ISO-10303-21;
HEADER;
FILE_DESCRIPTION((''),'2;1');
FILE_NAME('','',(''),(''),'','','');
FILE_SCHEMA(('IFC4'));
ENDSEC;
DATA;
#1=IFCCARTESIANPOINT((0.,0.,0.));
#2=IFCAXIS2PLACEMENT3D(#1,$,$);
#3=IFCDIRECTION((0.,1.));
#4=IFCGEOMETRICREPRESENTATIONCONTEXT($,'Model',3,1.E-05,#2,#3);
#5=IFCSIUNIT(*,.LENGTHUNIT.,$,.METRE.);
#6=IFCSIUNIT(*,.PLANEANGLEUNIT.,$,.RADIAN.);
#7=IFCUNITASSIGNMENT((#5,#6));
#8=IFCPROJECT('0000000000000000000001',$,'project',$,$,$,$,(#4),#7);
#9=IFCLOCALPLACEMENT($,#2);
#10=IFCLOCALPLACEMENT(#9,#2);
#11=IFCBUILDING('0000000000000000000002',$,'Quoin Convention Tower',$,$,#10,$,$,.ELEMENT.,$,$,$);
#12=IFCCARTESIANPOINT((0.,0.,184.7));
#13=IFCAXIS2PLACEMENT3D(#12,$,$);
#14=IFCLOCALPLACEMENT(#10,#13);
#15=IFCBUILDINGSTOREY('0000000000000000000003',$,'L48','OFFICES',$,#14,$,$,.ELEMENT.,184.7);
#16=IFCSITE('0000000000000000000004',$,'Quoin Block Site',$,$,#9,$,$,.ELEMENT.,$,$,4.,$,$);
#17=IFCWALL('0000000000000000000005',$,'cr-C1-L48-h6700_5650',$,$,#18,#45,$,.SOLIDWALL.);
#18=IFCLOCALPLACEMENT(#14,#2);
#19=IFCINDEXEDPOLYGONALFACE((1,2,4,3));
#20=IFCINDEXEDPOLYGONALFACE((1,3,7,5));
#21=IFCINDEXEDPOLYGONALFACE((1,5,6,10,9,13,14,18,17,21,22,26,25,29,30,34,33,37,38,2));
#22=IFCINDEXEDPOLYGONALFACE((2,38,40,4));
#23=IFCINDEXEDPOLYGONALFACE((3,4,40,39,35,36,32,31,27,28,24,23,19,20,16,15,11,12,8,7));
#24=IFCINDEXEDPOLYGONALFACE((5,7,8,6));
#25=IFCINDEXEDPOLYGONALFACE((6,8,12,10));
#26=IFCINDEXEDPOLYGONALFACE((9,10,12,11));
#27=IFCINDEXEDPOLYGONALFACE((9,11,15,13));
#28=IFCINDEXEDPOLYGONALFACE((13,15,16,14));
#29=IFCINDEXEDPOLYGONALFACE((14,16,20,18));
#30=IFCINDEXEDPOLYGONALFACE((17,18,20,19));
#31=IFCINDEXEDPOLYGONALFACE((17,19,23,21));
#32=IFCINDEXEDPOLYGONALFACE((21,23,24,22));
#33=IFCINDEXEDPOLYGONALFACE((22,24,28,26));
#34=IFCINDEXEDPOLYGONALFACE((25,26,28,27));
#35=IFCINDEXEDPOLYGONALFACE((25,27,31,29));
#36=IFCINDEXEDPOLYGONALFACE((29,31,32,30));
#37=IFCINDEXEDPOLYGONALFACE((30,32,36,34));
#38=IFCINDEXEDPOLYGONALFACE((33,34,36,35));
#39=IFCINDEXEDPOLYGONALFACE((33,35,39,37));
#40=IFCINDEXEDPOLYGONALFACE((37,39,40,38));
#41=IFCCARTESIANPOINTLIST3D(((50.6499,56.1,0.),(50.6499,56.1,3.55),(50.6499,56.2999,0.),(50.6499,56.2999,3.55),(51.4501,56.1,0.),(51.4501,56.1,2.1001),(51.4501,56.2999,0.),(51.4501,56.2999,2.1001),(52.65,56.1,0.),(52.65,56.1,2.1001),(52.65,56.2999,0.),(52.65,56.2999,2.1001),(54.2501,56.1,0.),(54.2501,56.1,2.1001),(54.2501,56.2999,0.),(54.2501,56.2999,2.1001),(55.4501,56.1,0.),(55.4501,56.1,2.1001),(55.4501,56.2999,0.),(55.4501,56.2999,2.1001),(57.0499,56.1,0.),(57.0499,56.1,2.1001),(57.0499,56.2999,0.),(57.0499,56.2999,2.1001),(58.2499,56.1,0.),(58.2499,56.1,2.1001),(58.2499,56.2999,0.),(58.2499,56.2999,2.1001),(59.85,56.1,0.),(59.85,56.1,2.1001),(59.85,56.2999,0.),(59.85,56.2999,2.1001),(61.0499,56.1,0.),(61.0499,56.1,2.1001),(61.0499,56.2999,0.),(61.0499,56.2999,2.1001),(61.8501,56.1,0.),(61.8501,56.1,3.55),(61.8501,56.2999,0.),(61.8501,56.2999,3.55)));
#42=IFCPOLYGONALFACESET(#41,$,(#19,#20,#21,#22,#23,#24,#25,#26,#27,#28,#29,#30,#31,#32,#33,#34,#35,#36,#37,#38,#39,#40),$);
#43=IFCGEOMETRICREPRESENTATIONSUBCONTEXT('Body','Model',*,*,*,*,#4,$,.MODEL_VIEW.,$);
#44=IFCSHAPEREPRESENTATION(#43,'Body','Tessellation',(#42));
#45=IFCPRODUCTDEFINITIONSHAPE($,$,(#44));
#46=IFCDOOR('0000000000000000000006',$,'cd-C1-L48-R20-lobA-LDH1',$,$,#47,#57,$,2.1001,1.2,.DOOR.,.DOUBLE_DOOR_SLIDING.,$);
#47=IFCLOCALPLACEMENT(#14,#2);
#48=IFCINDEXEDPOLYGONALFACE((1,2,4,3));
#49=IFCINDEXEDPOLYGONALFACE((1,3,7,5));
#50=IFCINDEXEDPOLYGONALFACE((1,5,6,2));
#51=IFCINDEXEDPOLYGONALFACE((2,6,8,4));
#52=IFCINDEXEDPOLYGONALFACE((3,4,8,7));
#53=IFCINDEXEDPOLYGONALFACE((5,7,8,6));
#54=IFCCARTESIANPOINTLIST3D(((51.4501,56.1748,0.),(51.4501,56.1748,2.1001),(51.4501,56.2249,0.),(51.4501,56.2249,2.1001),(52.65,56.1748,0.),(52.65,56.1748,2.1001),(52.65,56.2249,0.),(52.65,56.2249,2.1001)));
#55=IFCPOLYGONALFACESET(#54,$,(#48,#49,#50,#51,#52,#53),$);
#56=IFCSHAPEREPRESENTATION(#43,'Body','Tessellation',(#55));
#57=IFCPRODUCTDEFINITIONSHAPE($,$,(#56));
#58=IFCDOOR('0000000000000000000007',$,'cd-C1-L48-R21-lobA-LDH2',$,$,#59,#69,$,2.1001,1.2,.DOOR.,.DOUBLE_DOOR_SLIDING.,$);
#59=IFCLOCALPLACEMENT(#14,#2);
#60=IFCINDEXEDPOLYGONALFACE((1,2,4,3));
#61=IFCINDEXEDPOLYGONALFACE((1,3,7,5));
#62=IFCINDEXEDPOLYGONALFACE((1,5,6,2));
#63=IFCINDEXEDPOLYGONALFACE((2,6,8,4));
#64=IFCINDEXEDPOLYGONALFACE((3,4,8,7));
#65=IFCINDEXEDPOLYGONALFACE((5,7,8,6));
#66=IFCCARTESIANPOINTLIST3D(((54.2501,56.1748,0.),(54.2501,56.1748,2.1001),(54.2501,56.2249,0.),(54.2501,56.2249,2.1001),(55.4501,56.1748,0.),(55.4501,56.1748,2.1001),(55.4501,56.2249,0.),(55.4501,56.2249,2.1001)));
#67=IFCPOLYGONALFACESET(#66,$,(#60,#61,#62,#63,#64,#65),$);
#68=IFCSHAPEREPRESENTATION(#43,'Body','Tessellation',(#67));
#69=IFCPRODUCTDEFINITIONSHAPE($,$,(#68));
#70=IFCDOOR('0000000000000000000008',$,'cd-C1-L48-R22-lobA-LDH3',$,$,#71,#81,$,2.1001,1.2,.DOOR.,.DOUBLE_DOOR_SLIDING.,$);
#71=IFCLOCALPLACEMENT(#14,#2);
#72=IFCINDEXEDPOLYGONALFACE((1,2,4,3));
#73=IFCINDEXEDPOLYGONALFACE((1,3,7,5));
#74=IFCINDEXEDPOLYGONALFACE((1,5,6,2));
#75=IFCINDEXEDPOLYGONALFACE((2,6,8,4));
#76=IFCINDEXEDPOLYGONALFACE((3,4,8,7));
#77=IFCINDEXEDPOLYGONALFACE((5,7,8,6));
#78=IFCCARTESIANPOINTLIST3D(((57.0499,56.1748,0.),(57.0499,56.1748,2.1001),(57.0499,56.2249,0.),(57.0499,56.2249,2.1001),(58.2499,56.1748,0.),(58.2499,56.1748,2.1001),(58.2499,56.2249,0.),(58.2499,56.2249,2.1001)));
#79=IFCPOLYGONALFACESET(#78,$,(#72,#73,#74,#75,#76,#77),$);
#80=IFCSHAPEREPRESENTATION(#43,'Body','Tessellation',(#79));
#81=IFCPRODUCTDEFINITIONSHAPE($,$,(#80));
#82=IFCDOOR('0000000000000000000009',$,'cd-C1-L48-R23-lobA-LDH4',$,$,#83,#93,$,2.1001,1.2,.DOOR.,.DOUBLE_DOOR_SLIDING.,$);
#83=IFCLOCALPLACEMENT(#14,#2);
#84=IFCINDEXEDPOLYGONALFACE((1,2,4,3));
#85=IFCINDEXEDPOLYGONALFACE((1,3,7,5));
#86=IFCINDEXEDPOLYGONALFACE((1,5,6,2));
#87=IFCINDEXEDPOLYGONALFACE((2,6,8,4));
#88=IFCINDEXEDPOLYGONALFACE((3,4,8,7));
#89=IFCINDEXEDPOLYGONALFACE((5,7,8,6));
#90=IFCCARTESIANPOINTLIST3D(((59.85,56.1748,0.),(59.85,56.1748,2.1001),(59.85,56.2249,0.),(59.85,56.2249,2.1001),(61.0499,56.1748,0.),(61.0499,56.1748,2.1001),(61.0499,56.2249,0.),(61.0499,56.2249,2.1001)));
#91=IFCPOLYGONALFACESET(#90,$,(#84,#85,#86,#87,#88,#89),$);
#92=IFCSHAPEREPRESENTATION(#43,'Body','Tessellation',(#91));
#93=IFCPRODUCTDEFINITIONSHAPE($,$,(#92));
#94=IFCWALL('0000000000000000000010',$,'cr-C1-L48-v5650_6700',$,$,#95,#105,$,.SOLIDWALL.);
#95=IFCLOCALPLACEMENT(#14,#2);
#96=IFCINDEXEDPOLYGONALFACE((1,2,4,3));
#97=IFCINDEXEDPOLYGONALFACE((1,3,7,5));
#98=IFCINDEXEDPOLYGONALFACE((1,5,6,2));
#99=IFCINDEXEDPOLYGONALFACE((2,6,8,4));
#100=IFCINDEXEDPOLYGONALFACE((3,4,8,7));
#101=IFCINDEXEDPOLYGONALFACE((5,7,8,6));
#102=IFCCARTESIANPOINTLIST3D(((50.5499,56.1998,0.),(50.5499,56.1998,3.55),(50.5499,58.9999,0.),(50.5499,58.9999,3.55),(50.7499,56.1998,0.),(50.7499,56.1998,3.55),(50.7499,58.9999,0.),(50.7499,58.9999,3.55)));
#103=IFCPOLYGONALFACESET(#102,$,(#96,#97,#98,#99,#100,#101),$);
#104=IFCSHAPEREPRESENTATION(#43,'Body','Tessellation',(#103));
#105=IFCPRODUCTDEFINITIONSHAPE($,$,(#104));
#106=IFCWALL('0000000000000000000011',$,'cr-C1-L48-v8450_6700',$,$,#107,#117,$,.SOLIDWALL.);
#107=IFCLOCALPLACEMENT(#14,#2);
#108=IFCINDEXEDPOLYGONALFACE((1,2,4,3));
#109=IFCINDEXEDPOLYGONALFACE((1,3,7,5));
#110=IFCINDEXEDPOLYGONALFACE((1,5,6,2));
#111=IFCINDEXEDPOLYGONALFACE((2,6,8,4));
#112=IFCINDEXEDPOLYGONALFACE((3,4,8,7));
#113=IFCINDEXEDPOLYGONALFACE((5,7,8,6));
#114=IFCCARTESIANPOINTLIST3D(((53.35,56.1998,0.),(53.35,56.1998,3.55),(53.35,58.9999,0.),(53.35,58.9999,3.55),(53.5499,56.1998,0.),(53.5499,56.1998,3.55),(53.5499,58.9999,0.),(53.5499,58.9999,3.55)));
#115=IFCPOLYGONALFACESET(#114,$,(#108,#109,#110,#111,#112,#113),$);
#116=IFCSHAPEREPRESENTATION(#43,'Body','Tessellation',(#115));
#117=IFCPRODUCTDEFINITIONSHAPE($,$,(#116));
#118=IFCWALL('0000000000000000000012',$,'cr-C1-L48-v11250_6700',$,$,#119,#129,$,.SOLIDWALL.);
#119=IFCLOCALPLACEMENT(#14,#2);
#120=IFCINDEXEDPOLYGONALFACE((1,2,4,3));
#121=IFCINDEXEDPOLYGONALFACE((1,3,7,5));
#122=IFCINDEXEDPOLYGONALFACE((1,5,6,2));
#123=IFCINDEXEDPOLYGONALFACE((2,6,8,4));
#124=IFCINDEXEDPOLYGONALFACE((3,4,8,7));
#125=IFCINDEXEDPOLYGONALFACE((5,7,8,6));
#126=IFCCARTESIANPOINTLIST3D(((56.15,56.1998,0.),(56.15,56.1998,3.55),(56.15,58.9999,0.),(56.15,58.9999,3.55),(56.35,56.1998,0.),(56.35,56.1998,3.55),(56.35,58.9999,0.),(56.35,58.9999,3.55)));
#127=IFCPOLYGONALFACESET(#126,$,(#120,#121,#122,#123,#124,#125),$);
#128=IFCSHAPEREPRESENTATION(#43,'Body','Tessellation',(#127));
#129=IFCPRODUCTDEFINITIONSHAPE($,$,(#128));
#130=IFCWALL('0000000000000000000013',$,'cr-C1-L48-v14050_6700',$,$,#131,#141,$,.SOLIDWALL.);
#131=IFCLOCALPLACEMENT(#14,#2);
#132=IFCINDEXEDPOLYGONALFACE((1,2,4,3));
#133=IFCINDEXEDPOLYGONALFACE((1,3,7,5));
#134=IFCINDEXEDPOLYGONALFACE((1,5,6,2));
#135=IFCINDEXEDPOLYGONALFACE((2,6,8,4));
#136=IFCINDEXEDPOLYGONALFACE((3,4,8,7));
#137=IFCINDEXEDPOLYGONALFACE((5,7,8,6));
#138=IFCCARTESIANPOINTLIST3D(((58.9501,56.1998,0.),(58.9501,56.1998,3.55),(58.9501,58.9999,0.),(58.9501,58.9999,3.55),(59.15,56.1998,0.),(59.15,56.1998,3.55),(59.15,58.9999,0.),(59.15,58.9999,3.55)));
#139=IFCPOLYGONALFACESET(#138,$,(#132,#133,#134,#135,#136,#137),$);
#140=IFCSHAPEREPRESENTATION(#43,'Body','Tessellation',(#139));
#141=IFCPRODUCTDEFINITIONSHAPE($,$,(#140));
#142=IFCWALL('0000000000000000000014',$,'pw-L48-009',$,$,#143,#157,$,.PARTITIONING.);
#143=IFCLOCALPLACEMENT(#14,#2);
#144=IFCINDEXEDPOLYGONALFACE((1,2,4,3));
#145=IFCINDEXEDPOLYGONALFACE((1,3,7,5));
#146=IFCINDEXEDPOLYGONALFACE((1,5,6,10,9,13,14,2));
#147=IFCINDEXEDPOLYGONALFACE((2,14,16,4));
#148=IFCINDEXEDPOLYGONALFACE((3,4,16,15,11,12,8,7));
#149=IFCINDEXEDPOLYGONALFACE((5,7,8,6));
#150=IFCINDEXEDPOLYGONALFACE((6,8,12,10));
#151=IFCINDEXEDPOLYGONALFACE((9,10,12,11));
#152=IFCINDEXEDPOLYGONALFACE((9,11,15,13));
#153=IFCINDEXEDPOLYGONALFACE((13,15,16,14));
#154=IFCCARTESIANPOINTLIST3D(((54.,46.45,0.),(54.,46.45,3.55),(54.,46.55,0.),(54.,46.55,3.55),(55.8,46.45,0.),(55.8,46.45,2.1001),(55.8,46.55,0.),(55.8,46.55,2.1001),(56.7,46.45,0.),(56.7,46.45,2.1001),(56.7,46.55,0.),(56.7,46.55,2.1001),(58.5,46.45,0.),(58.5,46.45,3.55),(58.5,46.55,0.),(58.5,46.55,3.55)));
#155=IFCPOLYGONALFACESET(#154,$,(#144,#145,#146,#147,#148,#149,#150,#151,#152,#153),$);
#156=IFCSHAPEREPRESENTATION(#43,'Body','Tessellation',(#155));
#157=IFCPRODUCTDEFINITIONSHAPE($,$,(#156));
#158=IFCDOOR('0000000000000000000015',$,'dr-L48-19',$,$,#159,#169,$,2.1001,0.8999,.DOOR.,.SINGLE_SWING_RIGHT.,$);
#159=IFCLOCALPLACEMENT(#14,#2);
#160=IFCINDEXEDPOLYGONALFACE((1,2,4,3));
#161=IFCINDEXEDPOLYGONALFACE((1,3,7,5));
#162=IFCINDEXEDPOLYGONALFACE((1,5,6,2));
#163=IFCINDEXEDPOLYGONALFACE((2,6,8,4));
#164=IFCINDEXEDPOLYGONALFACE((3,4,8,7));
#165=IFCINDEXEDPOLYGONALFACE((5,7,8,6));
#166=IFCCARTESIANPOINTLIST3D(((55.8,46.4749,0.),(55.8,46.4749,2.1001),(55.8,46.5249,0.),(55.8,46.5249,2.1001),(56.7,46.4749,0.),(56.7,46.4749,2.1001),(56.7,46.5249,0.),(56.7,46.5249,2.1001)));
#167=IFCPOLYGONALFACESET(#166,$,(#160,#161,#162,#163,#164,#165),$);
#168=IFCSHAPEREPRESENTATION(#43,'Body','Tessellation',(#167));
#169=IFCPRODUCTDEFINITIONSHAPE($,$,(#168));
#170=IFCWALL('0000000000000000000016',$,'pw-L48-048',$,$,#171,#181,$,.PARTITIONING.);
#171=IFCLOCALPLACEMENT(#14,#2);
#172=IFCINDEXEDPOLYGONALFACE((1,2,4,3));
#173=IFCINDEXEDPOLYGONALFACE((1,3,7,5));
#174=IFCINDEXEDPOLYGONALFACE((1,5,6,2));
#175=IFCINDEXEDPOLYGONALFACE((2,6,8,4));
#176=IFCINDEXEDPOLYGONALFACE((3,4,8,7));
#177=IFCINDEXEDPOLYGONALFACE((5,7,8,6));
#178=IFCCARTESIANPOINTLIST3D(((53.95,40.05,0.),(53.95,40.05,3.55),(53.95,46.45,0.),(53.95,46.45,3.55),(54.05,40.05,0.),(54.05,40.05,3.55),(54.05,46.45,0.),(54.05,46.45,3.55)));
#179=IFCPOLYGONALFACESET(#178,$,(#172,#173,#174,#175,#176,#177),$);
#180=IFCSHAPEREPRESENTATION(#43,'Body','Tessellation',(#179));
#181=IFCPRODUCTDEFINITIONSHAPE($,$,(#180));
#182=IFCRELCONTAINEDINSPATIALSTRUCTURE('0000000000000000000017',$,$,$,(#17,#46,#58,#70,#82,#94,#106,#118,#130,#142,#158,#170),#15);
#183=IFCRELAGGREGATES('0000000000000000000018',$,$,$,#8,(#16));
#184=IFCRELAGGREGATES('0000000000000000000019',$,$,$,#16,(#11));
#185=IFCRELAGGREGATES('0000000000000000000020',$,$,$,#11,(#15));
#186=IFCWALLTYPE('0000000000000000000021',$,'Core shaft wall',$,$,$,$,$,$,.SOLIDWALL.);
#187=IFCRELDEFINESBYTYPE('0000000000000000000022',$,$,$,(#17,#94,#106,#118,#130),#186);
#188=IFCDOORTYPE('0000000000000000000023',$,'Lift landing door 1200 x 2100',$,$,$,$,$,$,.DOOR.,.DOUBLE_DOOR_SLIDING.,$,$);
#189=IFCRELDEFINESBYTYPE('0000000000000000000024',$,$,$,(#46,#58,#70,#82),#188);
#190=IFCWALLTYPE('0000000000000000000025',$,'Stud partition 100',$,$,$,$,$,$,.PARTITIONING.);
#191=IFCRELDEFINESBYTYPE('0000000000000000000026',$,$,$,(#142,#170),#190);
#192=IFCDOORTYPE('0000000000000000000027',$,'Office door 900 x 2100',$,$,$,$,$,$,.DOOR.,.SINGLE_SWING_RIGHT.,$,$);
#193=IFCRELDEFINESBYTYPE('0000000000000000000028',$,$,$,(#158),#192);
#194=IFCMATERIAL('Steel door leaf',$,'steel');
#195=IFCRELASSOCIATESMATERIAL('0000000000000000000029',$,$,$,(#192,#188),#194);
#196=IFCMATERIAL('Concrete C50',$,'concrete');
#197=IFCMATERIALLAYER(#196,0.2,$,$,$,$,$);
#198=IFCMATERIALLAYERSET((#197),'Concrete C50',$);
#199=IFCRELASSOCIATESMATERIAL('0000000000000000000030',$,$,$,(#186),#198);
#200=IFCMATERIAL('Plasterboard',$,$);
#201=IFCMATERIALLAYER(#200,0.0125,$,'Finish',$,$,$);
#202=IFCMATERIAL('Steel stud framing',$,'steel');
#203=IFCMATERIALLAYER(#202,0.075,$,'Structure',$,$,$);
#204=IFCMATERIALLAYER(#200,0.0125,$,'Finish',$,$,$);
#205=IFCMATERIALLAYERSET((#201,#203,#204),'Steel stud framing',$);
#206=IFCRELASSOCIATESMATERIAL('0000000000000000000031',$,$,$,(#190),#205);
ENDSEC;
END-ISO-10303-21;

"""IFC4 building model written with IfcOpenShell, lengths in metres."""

from ifc_helpers import new_model, si_unit, direction, frame, frame_2d, origin, place, context, subcontext, project, spatial, rectangle, extrude, material, layer, layer_set, type_object, element, fill, save


model = new_model("IFC4")

# Units and contexts
model_context = context("Model", 3, precision=1e-05, world=origin(), true_north=direction((0.0, 1.0)))
body_context = subcontext(model_context, "Body", "Model", "MODEL_VIEW")
ifc_project = project(units=[si_unit("LENGTHUNIT", "METRE"), si_unit("PLANEANGLEUNIT", "RADIAN")], contexts=[model_context])

# Site, building, storey
site_placement = place(None, origin())
site = spatial("IfcSite", under=ifc_project, at=site_placement, Name="Quoin Block Site", CompositionType="ELEMENT", RefElevation=4.0)
building_placement = place(site_placement, origin())
building = spatial("IfcBuilding", under=site, at=building_placement, Name="Quoin Convention Tower", CompositionType="ELEMENT")
storey_placement = place(building_placement, frame((0.0, 0.0, 184.7)))
storey = spatial("IfcBuildingStorey", under=building, at=storey_placement, Name="L48", Description="OFFICES", CompositionType="ELEMENT", Elevation=184.7)

# Shared definitions
ifc_material_1 = material(Name="Concrete C50", Category="concrete")

# Shared definitions
ifc_material_2 = material(Name="Plasterboard")
ifc_material_3 = material(Name="Steel stud framing", Category="steel")
ifc_material_4 = material(Name="Steel door leaf", Category="steel")
door_type_1 = type_object("IfcDoorType", Name="Office door 900 x 2100", OperationType="SINGLE_SWING_RIGHT", PredefinedType="DOOR", material=ifc_material_4)

# Shared definitions
ifc_layer_1 = layer(ifc_material_1, 0.2)
ifc_layer_set_1 = layer_set([ifc_layer_1], Name="Concrete C50")
wall_type_1 = type_object("IfcWallType", Name="Core shaft wall", PredefinedType="SOLIDWALL", material=ifc_layer_set_1)

# Wall, openings, doors
wall_1_placement = place(storey_placement, frame((50.6499, 56.2, 0.0), z_axis=(0.0, 0.0, 1.0), x_axis=(1.0, 0.0, 0.0)))
wall_1 = element("IfcWall", 1, at=wall_1_placement, inside=storey, type_object=wall_type_1, Name="cr-C1-L48-h6700_5650", PredefinedType="SOLIDWALL", context=body_context, shape_type="SweptSolid", body=[
    extrude(rectangle(XDim=11.2002, YDim=0.2, at=frame_2d((5.6001, 0.0))), origin(), (0.0, 0.0, 1.0), 3.55),
])
opening_1_placement = place(wall_1_placement, frame((0.8, 0.0, 0.0)))
opening_1 = element("IfcOpeningElement", 2, at=opening_1_placement, cuts=wall_1, PredefinedType="OPENING", context=body_context, shape_type="SweptSolid", body=[
    extrude(rectangle(XDim=1.2, YDim=2.1001, at=frame_2d((0.6001, 1.05))), frame((0.0, 0.1099, 0.0), z_axis=(0.0, -1.0, 0.0), x_axis=(1.0, 0.0, 0.0)), (0.0, 0.0, 1.0), 0.22),
])
opening_2_placement = place(wall_1_placement, frame((3.6001, 0.0, 0.0)))
opening_2 = element("IfcOpeningElement", 3, at=opening_2_placement, cuts=wall_1, PredefinedType="OPENING", context=body_context, shape_type="SweptSolid", body=[
    extrude(rectangle(XDim=1.2, YDim=2.1001, at=frame_2d((0.6001, 1.05))), frame((0.0, 0.1099, 0.0), z_axis=(0.0, -1.0, 0.0), x_axis=(1.0, 0.0, 0.0)), (0.0, 0.0, 1.0), 0.22),
])
opening_3_placement = place(wall_1_placement, frame((6.3999, 0.0, 0.0)))
opening_3 = element("IfcOpeningElement", 4, at=opening_3_placement, cuts=wall_1, PredefinedType="OPENING", context=body_context, shape_type="SweptSolid", body=[
    extrude(rectangle(XDim=1.2, YDim=2.1001, at=frame_2d((0.6001, 1.05))), frame((0.0, 0.1099, 0.0), z_axis=(0.0, -1.0, 0.0), x_axis=(1.0, 0.0, 0.0)), (0.0, 0.0, 1.0), 0.22),
])
opening_4_placement = place(wall_1_placement, frame((9.2, 0.0, 0.0)))
opening_4 = element("IfcOpeningElement", 5, at=opening_4_placement, cuts=wall_1, PredefinedType="OPENING", context=body_context, shape_type="SweptSolid", body=[
    extrude(rectangle(XDim=1.2, YDim=2.1001, at=frame_2d((0.6001, 1.05))), frame((0.0, 0.1099, 0.0), z_axis=(0.0, -1.0, 0.0), x_axis=(1.0, 0.0, 0.0)), (0.0, 0.0, 1.0), 0.22),
])
door_type_2 = type_object("IfcDoorType", Name="Lift landing door 1200 x 2100", OperationType="DOUBLE_DOOR_SLIDING", PredefinedType="DOOR", material=ifc_material_4)
door_1_placement = place(opening_1_placement, origin())
door_1 = element("IfcDoor", 6, at=door_1_placement, inside=storey, type_object=door_type_2, Name="cd-C1-L48-R20-lobA-LDH1", OperationType="DOUBLE_DOOR_SLIDING", OverallHeight=2.1001, OverallWidth=1.2, PredefinedType="DOOR", context=body_context, shape_type="SweptSolid", body=[
    extrude(rectangle(XDim=1.2, YDim=2.1001, at=frame_2d((0.6001, 1.05))), frame((0.0, 0.0249, 0.0), z_axis=(0.0, -1.0, 0.0), x_axis=(1.0, 0.0, 0.0)), (0.0, 0.0, 1.0), 0.05),
])
fill(opening_1, door_1)
door_2_placement = place(opening_2_placement, origin())
door_2 = element("IfcDoor", 7, at=door_2_placement, inside=storey, type_object=door_type_2, Name="cd-C1-L48-R21-lobA-LDH2", OperationType="DOUBLE_DOOR_SLIDING", OverallHeight=2.1001, OverallWidth=1.2, PredefinedType="DOOR", context=body_context, shape_type="SweptSolid", body=[
    extrude(rectangle(XDim=1.2, YDim=2.1001, at=frame_2d((0.6001, 1.05))), frame((0.0, 0.0249, 0.0), z_axis=(0.0, -1.0, 0.0), x_axis=(1.0, 0.0, 0.0)), (0.0, 0.0, 1.0), 0.05),
])
fill(opening_2, door_2)
door_3_placement = place(opening_3_placement, origin())
door_3 = element("IfcDoor", 8, at=door_3_placement, inside=storey, type_object=door_type_2, Name="cd-C1-L48-R22-lobA-LDH3", OperationType="DOUBLE_DOOR_SLIDING", OverallHeight=2.1001, OverallWidth=1.2, PredefinedType="DOOR", context=body_context, shape_type="SweptSolid", body=[
    extrude(rectangle(XDim=1.2, YDim=2.1001, at=frame_2d((0.6001, 1.05))), frame((0.0, 0.0249, 0.0), z_axis=(0.0, -1.0, 0.0), x_axis=(1.0, 0.0, 0.0)), (0.0, 0.0, 1.0), 0.05),
])
fill(opening_3, door_3)
door_4_placement = place(opening_4_placement, origin())
door_4 = element("IfcDoor", 9, at=door_4_placement, inside=storey, type_object=door_type_2, Name="cd-C1-L48-R23-lobA-LDH4", OperationType="DOUBLE_DOOR_SLIDING", OverallHeight=2.1001, OverallWidth=1.2, PredefinedType="DOOR", context=body_context, shape_type="SweptSolid", body=[
    extrude(rectangle(XDim=1.2, YDim=2.1001, at=frame_2d((0.6001, 1.05))), frame((0.0, 0.0249, 0.0), z_axis=(0.0, -1.0, 0.0), x_axis=(1.0, 0.0, 0.0)), (0.0, 0.0, 1.0), 0.05),
])
fill(opening_4, door_4)

# Walls
for number, where, z_axis, x_axis, name in (
    (10, (50.6499, 56.2, 0.0), (0.0, 0.0, 1.0), (0.0, 1.0, 0.0), "cr-C1-L48-v5650_6700"),
    (11, (53.45, 56.2, 0.0), (0.0, 0.0, 1.0), (0.0, 1.0, 0.0), "cr-C1-L48-v8450_6700"),
    (12, (56.25, 56.2, 0.0), (0.0, 0.0, 1.0), (0.0, 1.0, 0.0), "cr-C1-L48-v11250_6700"),
    (13, (59.05, 56.2, 0.0), (0.0, 0.0, 1.0), (0.0, 1.0, 0.0), "cr-C1-L48-v14050_6700"),
):
    element("IfcWall", number, at=place(storey_placement, frame(where, z_axis=z_axis, x_axis=x_axis)), inside=storey, type_object=wall_type_1, Name=name, PredefinedType="SOLIDWALL", context=body_context, shape_type="SweptSolid", body=[
        extrude(rectangle(XDim=2.8, YDim=0.2, at=frame_2d((1.3999, 0.0))), origin(), (0.0, 0.0, 1.0), 3.55),
    ])

# Wall, opening, door
ifc_layer_2 = layer(ifc_material_2, 0.0125, Name="Finish")
ifc_layer_3 = layer(ifc_material_3, 0.075, Name="Structure")
ifc_layer_4 = layer(ifc_material_2, 0.0125, Name="Finish")
ifc_layer_set_2 = layer_set([ifc_layer_2, ifc_layer_3, ifc_layer_4], Name="Steel stud framing")
wall_type_2 = type_object("IfcWallType", Name="Stud partition 100", PredefinedType="PARTITIONING", material=ifc_layer_set_2)
wall_2_placement = place(storey_placement, frame((54.0, 46.5, 0.0), z_axis=(0.0, 0.0, 1.0), x_axis=(1.0, 0.0, 0.0)))
wall_2 = element("IfcWall", 14, at=wall_2_placement, inside=storey, type_object=wall_type_2, Name="pw-L48-009", PredefinedType="PARTITIONING", context=body_context, shape_type="SweptSolid", body=[
    extrude(rectangle(XDim=4.5, YDim=0.1001, at=frame_2d((2.25, 0.0))), origin(), (0.0, 0.0, 1.0), 3.55),
])
opening_5_placement = place(wall_2_placement, frame((1.8, 0.0, 0.0)))
opening_5 = element("IfcOpeningElement", 15, at=opening_5_placement, cuts=wall_2, PredefinedType="OPENING", context=body_context, shape_type="SweptSolid", body=[
    extrude(rectangle(XDim=0.8999, YDim=2.1001, at=frame_2d((0.45, 1.05))), frame((0.0, 0.0601, 0.0), z_axis=(0.0, -1.0, 0.0), x_axis=(1.0, 0.0, 0.0)), (0.0, 0.0, 1.0), 0.1201),
])
door_5_placement = place(opening_5_placement, origin())
door_5 = element("IfcDoor", 16, at=door_5_placement, inside=storey, type_object=door_type_1, Name="dr-L48-19", OperationType="SINGLE_SWING_RIGHT", OverallHeight=2.1001, OverallWidth=0.8999, PredefinedType="DOOR", context=body_context, shape_type="SweptSolid", body=[
    extrude(rectangle(XDim=0.8999, YDim=2.1001, at=frame_2d((0.45, 1.05))), frame((0.0, 0.0249, 0.0), z_axis=(0.0, -1.0, 0.0), x_axis=(1.0, 0.0, 0.0)), (0.0, 0.0, 1.0), 0.05),
])
fill(opening_5, door_5)

# Wall
wall_3_placement = place(storey_placement, frame((54.0, 40.05, 0.0), z_axis=(0.0, 0.0, 1.0), x_axis=(0.0, 1.0, 0.0)))
element("IfcWall", 17, at=wall_3_placement, inside=storey, type_object=wall_type_2, Name="pw-L48-048", PredefinedType="PARTITIONING", context=body_context, shape_type="SweptSolid", body=[
    extrude(rectangle(XDim=6.3999, YDim=0.1001, at=frame_2d((3.2, 0.0))), origin(), (0.0, 0.0, 1.0), 3.55),
])

save(model, "model.ifc")
